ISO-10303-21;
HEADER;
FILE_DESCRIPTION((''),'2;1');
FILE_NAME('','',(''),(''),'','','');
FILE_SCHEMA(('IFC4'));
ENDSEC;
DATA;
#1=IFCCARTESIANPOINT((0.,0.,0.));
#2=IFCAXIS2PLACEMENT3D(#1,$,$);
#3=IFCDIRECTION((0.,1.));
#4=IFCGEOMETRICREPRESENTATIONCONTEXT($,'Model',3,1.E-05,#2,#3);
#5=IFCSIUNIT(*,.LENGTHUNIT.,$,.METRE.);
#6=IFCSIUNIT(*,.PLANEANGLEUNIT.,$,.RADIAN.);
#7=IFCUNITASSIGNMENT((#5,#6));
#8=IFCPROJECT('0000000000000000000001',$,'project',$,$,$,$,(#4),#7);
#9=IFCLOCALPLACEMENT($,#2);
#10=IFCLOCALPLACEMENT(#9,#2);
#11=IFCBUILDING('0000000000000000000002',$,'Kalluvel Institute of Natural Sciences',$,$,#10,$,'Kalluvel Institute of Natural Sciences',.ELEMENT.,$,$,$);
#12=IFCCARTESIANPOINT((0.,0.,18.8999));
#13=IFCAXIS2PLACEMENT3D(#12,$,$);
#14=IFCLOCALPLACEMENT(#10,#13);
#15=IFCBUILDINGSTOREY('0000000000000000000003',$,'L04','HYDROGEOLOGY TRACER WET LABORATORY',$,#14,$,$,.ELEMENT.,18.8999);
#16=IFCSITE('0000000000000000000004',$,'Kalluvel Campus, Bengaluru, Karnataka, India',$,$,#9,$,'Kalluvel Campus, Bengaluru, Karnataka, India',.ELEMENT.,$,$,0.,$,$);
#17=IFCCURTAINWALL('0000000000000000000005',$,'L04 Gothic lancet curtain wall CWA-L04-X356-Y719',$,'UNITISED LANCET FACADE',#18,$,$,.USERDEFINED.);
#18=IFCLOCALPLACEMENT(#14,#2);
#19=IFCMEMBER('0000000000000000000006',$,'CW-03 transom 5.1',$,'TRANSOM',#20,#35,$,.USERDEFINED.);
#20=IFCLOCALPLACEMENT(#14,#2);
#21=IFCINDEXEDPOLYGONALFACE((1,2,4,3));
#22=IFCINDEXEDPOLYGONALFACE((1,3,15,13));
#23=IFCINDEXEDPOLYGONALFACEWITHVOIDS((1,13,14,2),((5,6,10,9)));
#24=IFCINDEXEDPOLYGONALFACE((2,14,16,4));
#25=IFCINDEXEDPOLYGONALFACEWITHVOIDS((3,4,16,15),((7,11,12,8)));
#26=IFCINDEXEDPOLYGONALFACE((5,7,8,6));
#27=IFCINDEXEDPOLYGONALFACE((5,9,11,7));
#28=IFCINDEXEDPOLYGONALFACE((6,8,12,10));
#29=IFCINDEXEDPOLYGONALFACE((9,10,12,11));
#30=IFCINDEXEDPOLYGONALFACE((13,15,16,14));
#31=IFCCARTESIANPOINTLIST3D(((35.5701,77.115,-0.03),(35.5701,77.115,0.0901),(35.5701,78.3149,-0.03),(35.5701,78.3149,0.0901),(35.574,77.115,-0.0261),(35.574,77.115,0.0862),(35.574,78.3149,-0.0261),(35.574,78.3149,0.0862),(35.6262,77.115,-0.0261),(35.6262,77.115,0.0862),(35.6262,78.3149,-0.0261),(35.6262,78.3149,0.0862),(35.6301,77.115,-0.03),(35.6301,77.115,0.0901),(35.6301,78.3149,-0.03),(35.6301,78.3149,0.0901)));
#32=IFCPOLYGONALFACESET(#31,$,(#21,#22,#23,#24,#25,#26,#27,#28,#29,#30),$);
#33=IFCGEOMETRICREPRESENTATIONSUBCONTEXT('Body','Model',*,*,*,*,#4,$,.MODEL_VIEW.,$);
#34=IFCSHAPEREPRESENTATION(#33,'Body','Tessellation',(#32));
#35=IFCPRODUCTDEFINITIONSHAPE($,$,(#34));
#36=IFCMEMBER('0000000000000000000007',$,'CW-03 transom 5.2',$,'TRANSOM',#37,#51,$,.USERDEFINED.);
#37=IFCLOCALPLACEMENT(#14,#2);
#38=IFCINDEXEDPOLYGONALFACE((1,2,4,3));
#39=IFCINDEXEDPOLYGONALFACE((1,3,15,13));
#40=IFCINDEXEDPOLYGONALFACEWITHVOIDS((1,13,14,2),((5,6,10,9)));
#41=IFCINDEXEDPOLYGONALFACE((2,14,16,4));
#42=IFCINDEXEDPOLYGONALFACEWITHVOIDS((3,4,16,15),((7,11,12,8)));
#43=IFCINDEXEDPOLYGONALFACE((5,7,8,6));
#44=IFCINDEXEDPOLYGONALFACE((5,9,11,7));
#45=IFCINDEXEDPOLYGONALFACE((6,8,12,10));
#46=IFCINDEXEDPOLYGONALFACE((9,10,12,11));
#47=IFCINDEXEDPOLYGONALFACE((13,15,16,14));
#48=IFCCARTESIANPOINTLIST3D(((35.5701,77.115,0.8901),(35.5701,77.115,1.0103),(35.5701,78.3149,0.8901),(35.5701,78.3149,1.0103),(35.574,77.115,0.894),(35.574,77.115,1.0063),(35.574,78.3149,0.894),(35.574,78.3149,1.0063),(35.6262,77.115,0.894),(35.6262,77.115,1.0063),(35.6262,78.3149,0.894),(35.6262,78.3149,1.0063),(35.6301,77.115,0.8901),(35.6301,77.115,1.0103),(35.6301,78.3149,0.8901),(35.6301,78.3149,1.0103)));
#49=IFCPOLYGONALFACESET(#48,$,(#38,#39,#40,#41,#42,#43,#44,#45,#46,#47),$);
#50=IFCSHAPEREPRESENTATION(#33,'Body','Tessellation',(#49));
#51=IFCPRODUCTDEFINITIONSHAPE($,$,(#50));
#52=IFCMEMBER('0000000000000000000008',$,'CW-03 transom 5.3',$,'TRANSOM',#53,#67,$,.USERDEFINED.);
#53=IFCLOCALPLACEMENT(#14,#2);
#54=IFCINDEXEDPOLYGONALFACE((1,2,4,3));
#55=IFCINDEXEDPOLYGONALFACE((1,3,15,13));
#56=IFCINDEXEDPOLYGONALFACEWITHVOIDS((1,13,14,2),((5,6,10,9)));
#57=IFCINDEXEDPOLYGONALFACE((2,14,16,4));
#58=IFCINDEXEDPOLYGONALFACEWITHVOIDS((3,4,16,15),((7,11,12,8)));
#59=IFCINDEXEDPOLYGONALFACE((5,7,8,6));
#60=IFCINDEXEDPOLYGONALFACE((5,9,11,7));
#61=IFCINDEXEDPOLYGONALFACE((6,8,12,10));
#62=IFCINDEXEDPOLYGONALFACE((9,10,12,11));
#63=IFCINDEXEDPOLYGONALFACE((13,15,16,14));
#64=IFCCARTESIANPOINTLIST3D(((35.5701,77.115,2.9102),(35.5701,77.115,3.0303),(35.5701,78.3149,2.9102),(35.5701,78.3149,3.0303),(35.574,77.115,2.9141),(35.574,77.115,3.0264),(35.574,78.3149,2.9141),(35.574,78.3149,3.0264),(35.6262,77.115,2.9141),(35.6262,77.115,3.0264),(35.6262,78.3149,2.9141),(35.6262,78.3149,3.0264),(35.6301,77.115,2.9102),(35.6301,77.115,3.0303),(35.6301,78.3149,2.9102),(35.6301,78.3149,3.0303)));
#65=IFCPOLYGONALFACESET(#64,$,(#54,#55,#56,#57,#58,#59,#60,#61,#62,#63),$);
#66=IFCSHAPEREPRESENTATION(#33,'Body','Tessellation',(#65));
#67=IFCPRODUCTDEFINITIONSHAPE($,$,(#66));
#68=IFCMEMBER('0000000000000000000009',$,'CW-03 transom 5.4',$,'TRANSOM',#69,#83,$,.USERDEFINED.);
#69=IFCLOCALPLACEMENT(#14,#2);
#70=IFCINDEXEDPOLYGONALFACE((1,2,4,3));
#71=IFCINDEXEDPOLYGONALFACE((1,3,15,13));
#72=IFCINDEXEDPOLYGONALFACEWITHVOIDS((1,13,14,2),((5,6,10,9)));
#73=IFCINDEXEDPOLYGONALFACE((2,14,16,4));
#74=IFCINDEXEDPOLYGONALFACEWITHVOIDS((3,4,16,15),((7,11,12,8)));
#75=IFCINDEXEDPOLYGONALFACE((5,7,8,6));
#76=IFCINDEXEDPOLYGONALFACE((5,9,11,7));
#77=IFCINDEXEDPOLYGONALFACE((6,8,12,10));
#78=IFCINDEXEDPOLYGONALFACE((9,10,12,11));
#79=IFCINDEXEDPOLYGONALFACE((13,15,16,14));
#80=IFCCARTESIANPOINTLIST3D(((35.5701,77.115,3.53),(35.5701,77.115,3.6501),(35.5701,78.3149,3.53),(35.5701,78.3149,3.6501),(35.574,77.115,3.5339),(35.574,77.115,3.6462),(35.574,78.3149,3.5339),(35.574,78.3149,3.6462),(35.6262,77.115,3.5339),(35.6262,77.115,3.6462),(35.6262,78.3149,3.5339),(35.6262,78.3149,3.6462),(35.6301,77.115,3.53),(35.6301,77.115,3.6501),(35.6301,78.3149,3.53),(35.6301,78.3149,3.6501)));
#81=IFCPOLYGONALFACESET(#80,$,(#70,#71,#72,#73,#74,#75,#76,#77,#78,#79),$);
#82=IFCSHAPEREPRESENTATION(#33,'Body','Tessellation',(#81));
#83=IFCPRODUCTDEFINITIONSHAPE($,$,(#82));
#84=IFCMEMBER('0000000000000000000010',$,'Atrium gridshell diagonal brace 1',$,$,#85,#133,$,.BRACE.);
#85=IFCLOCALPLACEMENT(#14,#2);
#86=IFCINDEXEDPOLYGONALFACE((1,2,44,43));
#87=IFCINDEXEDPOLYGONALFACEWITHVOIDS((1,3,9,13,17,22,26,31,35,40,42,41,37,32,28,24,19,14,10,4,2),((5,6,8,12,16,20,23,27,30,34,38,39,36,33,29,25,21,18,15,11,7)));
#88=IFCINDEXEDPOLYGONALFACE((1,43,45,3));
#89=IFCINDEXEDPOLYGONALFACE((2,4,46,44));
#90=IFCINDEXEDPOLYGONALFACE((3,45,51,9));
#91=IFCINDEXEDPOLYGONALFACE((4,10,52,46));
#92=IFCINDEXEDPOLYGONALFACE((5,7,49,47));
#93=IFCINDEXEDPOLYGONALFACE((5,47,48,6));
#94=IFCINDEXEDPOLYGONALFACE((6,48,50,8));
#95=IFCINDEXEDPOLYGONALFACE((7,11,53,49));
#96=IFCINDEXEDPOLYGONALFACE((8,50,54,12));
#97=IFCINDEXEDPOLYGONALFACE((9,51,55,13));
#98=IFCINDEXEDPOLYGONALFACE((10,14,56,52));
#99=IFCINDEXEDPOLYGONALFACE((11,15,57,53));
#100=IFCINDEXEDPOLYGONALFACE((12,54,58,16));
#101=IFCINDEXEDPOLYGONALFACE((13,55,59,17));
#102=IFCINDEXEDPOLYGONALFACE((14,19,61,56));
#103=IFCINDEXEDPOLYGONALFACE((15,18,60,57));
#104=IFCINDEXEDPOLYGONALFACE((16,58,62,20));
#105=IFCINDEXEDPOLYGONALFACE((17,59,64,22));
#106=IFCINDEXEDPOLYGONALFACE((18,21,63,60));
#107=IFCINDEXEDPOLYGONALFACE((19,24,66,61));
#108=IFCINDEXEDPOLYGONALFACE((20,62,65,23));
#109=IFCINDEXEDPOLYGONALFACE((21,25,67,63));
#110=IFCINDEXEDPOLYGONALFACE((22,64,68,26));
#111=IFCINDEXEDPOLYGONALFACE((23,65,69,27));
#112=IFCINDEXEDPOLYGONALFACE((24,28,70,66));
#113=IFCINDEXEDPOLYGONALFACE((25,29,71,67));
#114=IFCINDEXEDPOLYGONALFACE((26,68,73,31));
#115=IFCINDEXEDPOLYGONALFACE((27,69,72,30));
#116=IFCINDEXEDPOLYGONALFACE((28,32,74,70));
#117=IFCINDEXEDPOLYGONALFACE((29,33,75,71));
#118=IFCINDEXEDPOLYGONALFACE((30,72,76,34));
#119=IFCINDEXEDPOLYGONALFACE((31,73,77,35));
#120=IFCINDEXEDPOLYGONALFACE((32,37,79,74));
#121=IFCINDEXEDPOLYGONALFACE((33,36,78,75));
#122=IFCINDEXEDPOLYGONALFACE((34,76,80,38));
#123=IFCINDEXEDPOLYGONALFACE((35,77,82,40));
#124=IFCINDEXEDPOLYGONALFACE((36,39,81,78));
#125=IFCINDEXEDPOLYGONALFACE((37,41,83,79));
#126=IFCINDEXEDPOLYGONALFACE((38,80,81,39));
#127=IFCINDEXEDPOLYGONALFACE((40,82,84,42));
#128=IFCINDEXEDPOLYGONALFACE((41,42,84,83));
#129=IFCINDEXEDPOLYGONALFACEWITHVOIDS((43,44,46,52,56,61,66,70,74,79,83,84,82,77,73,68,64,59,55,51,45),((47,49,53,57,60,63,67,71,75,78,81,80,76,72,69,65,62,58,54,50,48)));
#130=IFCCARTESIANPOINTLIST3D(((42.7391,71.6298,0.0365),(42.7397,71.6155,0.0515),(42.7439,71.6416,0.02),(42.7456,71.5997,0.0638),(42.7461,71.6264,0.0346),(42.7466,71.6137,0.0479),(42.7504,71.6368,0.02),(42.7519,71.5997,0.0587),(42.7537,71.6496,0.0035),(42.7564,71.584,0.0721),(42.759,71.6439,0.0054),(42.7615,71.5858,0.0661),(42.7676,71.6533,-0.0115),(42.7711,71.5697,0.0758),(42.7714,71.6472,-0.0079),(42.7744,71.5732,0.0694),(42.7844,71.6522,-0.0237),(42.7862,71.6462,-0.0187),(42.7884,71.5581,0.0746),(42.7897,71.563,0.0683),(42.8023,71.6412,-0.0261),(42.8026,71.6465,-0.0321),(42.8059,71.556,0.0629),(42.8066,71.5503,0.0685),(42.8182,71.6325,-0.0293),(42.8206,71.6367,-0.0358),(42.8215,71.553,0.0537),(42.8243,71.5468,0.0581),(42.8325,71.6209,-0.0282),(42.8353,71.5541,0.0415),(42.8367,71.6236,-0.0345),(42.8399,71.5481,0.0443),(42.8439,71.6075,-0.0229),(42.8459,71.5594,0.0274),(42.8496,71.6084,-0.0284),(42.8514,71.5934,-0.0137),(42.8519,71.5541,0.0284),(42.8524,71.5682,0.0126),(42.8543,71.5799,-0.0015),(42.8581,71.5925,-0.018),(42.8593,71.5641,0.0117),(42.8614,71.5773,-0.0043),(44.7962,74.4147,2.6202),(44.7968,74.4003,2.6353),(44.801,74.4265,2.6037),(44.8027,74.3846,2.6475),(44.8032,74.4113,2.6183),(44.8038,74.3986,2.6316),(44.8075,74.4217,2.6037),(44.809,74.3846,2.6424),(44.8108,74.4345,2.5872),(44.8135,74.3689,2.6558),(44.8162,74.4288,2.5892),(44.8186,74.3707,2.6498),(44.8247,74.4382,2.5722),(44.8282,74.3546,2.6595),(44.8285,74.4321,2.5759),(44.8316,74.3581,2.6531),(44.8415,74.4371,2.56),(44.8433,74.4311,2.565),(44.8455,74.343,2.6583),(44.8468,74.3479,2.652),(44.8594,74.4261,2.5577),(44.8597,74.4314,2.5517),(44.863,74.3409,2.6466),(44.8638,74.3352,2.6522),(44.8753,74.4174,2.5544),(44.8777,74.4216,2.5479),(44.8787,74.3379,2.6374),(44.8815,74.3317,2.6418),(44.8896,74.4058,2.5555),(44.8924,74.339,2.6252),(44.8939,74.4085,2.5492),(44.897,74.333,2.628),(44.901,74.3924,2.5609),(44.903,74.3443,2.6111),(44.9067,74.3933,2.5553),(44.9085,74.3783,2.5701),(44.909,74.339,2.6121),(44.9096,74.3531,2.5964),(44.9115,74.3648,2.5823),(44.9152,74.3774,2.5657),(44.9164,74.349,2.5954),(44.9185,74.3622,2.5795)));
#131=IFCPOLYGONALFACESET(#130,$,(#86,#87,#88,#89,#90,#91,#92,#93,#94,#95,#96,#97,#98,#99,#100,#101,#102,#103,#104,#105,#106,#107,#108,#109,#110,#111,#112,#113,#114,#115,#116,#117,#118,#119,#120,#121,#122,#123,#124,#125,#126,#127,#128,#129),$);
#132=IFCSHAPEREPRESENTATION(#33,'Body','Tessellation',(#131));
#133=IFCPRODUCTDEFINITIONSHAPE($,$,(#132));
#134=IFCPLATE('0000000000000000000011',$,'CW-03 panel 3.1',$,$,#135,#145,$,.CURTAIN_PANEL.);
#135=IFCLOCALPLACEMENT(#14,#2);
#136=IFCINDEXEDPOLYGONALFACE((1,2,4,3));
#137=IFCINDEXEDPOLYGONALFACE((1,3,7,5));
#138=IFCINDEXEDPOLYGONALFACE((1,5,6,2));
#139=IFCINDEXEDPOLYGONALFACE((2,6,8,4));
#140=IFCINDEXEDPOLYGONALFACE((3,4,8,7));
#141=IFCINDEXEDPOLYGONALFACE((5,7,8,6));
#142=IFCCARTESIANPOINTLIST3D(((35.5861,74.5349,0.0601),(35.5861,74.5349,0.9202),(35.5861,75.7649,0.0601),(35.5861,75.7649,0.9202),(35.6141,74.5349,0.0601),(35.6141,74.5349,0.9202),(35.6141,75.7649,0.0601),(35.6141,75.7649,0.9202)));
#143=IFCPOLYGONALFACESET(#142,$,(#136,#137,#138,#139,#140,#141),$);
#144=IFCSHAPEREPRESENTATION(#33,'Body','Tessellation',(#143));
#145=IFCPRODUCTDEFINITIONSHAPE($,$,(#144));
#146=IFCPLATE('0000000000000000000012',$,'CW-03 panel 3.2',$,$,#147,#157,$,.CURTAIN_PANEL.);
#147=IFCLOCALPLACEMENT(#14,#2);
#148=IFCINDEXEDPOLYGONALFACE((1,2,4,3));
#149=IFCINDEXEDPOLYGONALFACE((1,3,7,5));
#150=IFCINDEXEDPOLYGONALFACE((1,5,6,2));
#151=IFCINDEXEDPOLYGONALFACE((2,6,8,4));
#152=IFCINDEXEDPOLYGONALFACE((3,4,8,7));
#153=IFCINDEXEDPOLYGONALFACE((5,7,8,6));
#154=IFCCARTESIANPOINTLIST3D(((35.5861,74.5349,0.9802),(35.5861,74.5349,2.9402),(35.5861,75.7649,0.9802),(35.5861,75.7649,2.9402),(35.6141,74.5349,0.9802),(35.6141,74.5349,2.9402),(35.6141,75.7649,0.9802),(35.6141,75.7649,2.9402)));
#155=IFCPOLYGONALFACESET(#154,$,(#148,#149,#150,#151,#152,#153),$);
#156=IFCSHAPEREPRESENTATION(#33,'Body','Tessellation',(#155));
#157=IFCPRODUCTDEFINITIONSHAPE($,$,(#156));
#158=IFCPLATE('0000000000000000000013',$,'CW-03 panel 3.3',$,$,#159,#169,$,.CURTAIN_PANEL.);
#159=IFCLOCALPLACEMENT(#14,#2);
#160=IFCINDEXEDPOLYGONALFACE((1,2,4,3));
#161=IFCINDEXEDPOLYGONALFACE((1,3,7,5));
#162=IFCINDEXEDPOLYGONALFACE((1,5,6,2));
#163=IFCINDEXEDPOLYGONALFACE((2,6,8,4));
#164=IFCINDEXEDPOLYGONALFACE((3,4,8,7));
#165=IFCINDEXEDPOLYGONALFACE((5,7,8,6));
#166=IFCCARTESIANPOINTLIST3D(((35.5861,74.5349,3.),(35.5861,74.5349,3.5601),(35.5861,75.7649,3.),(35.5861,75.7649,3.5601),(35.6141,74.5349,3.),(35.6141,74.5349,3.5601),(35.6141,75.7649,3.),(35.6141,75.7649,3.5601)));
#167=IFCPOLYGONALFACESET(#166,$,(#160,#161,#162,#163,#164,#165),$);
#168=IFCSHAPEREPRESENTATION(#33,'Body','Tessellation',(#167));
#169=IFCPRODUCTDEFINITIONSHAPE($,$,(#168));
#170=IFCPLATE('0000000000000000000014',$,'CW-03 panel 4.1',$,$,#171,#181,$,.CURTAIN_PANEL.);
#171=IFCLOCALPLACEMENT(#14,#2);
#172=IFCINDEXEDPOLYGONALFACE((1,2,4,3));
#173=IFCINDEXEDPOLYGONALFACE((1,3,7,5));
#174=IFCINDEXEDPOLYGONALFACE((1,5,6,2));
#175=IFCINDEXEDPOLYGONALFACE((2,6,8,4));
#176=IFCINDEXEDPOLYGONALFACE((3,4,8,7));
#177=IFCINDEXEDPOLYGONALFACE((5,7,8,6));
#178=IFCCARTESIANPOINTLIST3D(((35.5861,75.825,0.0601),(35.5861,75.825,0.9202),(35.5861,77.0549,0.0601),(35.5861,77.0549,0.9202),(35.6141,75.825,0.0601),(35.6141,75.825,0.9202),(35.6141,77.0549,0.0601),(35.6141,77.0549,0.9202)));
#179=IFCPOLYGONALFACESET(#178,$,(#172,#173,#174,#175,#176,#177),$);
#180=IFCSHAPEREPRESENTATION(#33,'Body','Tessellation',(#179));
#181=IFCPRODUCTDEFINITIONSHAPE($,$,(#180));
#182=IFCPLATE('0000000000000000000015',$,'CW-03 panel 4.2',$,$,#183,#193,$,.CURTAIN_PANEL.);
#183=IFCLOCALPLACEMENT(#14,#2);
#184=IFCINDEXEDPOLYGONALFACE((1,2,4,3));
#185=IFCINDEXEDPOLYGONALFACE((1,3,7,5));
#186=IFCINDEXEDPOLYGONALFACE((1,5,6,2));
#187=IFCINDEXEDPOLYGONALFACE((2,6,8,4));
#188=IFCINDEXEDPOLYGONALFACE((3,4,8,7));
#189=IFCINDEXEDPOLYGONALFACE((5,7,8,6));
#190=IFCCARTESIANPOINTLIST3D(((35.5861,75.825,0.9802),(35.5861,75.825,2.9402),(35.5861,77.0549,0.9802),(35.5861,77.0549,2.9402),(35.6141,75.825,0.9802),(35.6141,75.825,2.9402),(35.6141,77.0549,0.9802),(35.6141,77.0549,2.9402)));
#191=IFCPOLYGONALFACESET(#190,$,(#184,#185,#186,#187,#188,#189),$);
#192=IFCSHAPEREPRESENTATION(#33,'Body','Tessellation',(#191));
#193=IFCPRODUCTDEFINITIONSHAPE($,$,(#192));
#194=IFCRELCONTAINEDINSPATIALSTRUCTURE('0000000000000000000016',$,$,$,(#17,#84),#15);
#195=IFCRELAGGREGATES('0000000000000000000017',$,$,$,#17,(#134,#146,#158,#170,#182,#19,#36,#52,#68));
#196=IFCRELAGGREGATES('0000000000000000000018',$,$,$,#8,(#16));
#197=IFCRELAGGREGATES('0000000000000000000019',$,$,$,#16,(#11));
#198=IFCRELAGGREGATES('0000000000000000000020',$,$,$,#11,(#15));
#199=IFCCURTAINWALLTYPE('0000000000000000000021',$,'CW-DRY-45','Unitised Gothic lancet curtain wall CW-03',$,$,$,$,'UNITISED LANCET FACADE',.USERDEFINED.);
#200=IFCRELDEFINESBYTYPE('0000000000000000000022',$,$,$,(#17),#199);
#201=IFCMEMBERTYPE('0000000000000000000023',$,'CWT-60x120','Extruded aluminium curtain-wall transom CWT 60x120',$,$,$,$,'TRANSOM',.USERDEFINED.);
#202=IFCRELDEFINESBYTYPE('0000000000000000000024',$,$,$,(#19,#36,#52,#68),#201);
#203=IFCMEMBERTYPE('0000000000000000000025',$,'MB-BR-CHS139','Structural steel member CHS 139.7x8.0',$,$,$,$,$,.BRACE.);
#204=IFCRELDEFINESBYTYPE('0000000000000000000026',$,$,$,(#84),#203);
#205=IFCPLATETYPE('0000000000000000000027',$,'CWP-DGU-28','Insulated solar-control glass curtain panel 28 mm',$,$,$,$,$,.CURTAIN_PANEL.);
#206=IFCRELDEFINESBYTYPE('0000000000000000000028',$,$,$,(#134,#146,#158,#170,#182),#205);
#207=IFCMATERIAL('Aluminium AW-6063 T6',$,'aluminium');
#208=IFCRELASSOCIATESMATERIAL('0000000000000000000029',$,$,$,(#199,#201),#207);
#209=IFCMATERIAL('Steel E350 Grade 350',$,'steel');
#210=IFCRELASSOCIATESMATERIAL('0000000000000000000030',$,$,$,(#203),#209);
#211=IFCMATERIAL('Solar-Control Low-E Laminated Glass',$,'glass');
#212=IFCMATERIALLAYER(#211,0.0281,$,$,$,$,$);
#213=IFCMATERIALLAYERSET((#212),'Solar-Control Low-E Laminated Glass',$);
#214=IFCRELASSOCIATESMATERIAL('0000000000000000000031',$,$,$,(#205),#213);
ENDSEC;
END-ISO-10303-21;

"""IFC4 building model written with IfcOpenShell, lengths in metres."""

from ifc_helpers import new_model, si_unit, direction, frame, origin, origin_2d, place, context, subcontext, project, spatial, rectangle, hollow_rectangle, hollow_circle, extrude, material, layer, layer_set, material_profile, profile_set, type_object, element, aggregate, save


model = new_model("IFC4")

# Units and contexts
model_context = context("Model", 3, precision=1e-05, world=origin(), true_north=direction((0.0, 1.0)))
body_context = subcontext(model_context, "Body", "Model", "MODEL_VIEW")
ifc_project = project(units=[si_unit("LENGTHUNIT", "METRE"), si_unit("PLANEANGLEUNIT", "RADIAN")], contexts=[model_context])

# Site, building, storey
site_placement = place(None, origin())
site = spatial("IfcSite", under=ifc_project, at=site_placement, Name="Kalluvel Campus, Bengaluru, Karnataka, India", LongName="Kalluvel Campus, Bengaluru, Karnataka, India", CompositionType="ELEMENT", RefElevation=0.0)
building_placement = place(site_placement, origin())
building = spatial("IfcBuilding", under=site, at=building_placement, Name="Kalluvel Institute of Natural Sciences", LongName="Kalluvel Institute of Natural Sciences", CompositionType="ELEMENT")
storey_placement = place(building_placement, frame((0.0, 0.0, 18.8999)))
storey = spatial("IfcBuildingStorey", under=building, at=storey_placement, Name="L04", Description="HYDROGEOLOGY TRACER WET LABORATORY", CompositionType="ELEMENT", Elevation=18.8999)

# Shared definitions
ifc_material_1 = material(Name="Steel E350 Grade 350", Category="steel")

# Curtain wall, members
ifc_material_2 = material(Name="Aluminium AW-6063 T6", Category="aluminium")
curtain_wall_type = type_object("IfcCurtainWallType", Name="CW-DRY-45", Description="Unitised Gothic lancet curtain wall CW-03", ElementType="UNITISED LANCET FACADE", PredefinedType="USERDEFINED", material=ifc_material_2)
curtain_wall_placement = place(storey_placement, origin())
curtain_wall = element("IfcCurtainWall", 1, at=curtain_wall_placement, inside=storey, type_object=curtain_wall_type, Name="L04 Gothic lancet curtain wall CWA-L04-X356-Y719", ObjectType="UNITISED LANCET FACADE", PredefinedType="USERDEFINED")
ifc_material_profile_1 = material_profile(ifc_material_2, hollow_rectangle(XDim=0.0601, YDim=0.1201, WallThickness=0.0039, at=origin_2d()), Name="CWT 60x120")
ifc_profile_set_1 = profile_set([ifc_material_profile_1], Name="Aluminium AW-6063 T6")
member_type_1 = type_object("IfcMemberType", Name="CWT-60x120", Description="Extruded aluminium curtain-wall transom CWT 60x120", ElementType="TRANSOM", PredefinedType="USERDEFINED", material=ifc_profile_set_1)
member_1_placement = place(storey_placement, frame((35.6001, 77.115, 0.03), z_axis=(0.0, 1.0, 0.0), x_axis=(-1.0, 0.0, 0.0)))
member_1 = element("IfcMember", 2, at=member_1_placement, type_object=member_type_1, Name="CW-03 transom 5.1", ObjectType="TRANSOM", PredefinedType="USERDEFINED", context=body_context, shape_type="SweptSolid", body=[
    extrude(hollow_rectangle(XDim=0.0601, YDim=0.1201, WallThickness=0.0039, at=origin_2d()), origin(), (0.0, 0.0, 1.0), 1.2),
])
member_2_placement = place(storey_placement, frame((35.6001, 77.115, 0.9502), z_axis=(0.0, 1.0, 0.0), x_axis=(-1.0, 0.0, 0.0)))
member_2 = element("IfcMember", 3, at=member_2_placement, type_object=member_type_1, Name="CW-03 transom 5.2", ObjectType="TRANSOM", PredefinedType="USERDEFINED", context=body_context, shape_type="SweptSolid", body=[
    extrude(hollow_rectangle(XDim=0.0601, YDim=0.1201, WallThickness=0.0039, at=origin_2d()), origin(), (0.0, 0.0, 1.0), 1.2),
])
member_3_placement = place(storey_placement, frame((35.6001, 77.115, 2.9702), z_axis=(0.0, 1.0, 0.0), x_axis=(-1.0, 0.0, 0.0)))
member_3 = element("IfcMember", 4, at=member_3_placement, type_object=member_type_1, Name="CW-03 transom 5.3", ObjectType="TRANSOM", PredefinedType="USERDEFINED", context=body_context, shape_type="SweptSolid", body=[
    extrude(hollow_rectangle(XDim=0.0601, YDim=0.1201, WallThickness=0.0039, at=origin_2d()), origin(), (0.0, 0.0, 1.0), 1.2),
])
member_4_placement = place(storey_placement, frame((35.6001, 77.115, 3.5901), z_axis=(0.0, 1.0, 0.0), x_axis=(-1.0, 0.0, 0.0)))
member_4 = element("IfcMember", 5, at=member_4_placement, type_object=member_type_1, Name="CW-03 transom 5.4", ObjectType="TRANSOM", PredefinedType="USERDEFINED", context=body_context, shape_type="SweptSolid", body=[
    extrude(hollow_rectangle(XDim=0.0601, YDim=0.1201, WallThickness=0.0039, at=origin_2d()), origin(), (0.0, 0.0, 1.0), 1.2),
])

# Member
ifc_material_profile_2 = material_profile(ifc_material_1, hollow_circle(Radius=0.0698, WallThickness=0.0081, at=origin_2d()), Name="CHS 139.7x8.0")
ifc_profile_set_2 = profile_set([ifc_material_profile_2], Name="Steel E350 Grade 350")
member_type_2 = type_object("IfcMemberType", Name="MB-BR-CHS139", Description="Structural steel member CHS 139.7x8.0", PredefinedType="BRACE", material=ifc_profile_set_2)
member_5_placement = place(storey_placement, frame((42.8, 71.6001, 0.02), z_axis=(0.476177, 0.644641, 0.598075), x_axis=(-0.804353, 0.594151, 0.0)))
element("IfcMember", 6, at=member_5_placement, inside=storey, type_object=member_type_2, Name="Atrium gridshell diagonal brace 1", PredefinedType="BRACE", context=body_context, shape_type="SweptSolid", body=[
    extrude(hollow_circle(Radius=0.0698, WallThickness=0.0081, at=origin_2d()), origin(), (0.0, 0.0, 1.0), 4.3201),
])

# Plates
ifc_material_3 = material(Name="Solar-Control Low-E Laminated Glass", Category="glass")
ifc_layer_1 = layer(ifc_material_3, 0.0281)
ifc_layer_set_1 = layer_set([ifc_layer_1], Name="Solar-Control Low-E Laminated Glass")
plate_type_1 = type_object("IfcPlateType", Name="CWP-DGU-28", Description="Insulated solar-control glass curtain panel 28 mm", PredefinedType="CURTAIN_PANEL", material=ifc_layer_set_1)
plate_1_placement = place(storey_placement, frame((35.6001, 75.1499, 0.0601), z_axis=(0.0, 0.0, 1.0), x_axis=(0.0, 1.0, 0.0)))
plate_1 = element("IfcPlate", 7, at=plate_1_placement, type_object=plate_type_1, Name="CW-03 panel 3.1", PredefinedType="CURTAIN_PANEL", context=body_context, shape_type="SweptSolid", body=[
    extrude(rectangle(XDim=1.23, YDim=0.0281, at=origin_2d()), origin(), (0.0, 0.0, 1.0), 0.8601),
])
plate_2_placement = place(storey_placement, frame((35.6001, 75.1499, 0.9802), z_axis=(0.0, 0.0, 1.0), x_axis=(0.0, 1.0, 0.0)))
plate_2 = element("IfcPlate", 8, at=plate_2_placement, type_object=plate_type_1, Name="CW-03 panel 3.2", PredefinedType="CURTAIN_PANEL", context=body_context, shape_type="SweptSolid", body=[
    extrude(rectangle(XDim=1.23, YDim=0.0281, at=origin_2d()), origin(), (0.0, 0.0, 1.0), 1.96),
])
plate_3_placement = place(storey_placement, frame((35.6001, 75.1499, 3.0), z_axis=(0.0, 0.0, 1.0), x_axis=(0.0, 1.0, 0.0)))
plate_3 = element("IfcPlate", 9, at=plate_3_placement, type_object=plate_type_1, Name="CW-03 panel 3.3", PredefinedType="CURTAIN_PANEL", context=body_context, shape_type="SweptSolid", body=[
    extrude(rectangle(XDim=1.23, YDim=0.0281, at=origin_2d()), origin(), (0.0, 0.0, 1.0), 0.5601),
])
plate_4_placement = place(storey_placement, frame((35.6001, 76.4399, 0.0601), z_axis=(0.0, 0.0, 1.0), x_axis=(0.0, 1.0, 0.0)))
plate_4 = element("IfcPlate", 10, at=plate_4_placement, type_object=plate_type_1, Name="CW-03 panel 4.1", PredefinedType="CURTAIN_PANEL", context=body_context, shape_type="SweptSolid", body=[
    extrude(rectangle(XDim=1.23, YDim=0.0281, at=origin_2d()), origin(), (0.0, 0.0, 1.0), 0.8601),
])
plate_5_placement = place(storey_placement, frame((35.6001, 76.4399, 0.9802), z_axis=(0.0, 0.0, 1.0), x_axis=(0.0, 1.0, 0.0)))
plate_5 = element("IfcPlate", 11, at=plate_5_placement, type_object=plate_type_1, Name="CW-03 panel 4.2", PredefinedType="CURTAIN_PANEL", context=body_context, shape_type="SweptSolid", body=[
    extrude(rectangle(XDim=1.23, YDim=0.0281, at=origin_2d()), origin(), (0.0, 0.0, 1.0), 1.96),
])
aggregate(curtain_wall, [plate_1, plate_2, plate_3, plate_4, plate_5, member_1, member_2, member_3, member_4])

save(model, "model.ifc")
